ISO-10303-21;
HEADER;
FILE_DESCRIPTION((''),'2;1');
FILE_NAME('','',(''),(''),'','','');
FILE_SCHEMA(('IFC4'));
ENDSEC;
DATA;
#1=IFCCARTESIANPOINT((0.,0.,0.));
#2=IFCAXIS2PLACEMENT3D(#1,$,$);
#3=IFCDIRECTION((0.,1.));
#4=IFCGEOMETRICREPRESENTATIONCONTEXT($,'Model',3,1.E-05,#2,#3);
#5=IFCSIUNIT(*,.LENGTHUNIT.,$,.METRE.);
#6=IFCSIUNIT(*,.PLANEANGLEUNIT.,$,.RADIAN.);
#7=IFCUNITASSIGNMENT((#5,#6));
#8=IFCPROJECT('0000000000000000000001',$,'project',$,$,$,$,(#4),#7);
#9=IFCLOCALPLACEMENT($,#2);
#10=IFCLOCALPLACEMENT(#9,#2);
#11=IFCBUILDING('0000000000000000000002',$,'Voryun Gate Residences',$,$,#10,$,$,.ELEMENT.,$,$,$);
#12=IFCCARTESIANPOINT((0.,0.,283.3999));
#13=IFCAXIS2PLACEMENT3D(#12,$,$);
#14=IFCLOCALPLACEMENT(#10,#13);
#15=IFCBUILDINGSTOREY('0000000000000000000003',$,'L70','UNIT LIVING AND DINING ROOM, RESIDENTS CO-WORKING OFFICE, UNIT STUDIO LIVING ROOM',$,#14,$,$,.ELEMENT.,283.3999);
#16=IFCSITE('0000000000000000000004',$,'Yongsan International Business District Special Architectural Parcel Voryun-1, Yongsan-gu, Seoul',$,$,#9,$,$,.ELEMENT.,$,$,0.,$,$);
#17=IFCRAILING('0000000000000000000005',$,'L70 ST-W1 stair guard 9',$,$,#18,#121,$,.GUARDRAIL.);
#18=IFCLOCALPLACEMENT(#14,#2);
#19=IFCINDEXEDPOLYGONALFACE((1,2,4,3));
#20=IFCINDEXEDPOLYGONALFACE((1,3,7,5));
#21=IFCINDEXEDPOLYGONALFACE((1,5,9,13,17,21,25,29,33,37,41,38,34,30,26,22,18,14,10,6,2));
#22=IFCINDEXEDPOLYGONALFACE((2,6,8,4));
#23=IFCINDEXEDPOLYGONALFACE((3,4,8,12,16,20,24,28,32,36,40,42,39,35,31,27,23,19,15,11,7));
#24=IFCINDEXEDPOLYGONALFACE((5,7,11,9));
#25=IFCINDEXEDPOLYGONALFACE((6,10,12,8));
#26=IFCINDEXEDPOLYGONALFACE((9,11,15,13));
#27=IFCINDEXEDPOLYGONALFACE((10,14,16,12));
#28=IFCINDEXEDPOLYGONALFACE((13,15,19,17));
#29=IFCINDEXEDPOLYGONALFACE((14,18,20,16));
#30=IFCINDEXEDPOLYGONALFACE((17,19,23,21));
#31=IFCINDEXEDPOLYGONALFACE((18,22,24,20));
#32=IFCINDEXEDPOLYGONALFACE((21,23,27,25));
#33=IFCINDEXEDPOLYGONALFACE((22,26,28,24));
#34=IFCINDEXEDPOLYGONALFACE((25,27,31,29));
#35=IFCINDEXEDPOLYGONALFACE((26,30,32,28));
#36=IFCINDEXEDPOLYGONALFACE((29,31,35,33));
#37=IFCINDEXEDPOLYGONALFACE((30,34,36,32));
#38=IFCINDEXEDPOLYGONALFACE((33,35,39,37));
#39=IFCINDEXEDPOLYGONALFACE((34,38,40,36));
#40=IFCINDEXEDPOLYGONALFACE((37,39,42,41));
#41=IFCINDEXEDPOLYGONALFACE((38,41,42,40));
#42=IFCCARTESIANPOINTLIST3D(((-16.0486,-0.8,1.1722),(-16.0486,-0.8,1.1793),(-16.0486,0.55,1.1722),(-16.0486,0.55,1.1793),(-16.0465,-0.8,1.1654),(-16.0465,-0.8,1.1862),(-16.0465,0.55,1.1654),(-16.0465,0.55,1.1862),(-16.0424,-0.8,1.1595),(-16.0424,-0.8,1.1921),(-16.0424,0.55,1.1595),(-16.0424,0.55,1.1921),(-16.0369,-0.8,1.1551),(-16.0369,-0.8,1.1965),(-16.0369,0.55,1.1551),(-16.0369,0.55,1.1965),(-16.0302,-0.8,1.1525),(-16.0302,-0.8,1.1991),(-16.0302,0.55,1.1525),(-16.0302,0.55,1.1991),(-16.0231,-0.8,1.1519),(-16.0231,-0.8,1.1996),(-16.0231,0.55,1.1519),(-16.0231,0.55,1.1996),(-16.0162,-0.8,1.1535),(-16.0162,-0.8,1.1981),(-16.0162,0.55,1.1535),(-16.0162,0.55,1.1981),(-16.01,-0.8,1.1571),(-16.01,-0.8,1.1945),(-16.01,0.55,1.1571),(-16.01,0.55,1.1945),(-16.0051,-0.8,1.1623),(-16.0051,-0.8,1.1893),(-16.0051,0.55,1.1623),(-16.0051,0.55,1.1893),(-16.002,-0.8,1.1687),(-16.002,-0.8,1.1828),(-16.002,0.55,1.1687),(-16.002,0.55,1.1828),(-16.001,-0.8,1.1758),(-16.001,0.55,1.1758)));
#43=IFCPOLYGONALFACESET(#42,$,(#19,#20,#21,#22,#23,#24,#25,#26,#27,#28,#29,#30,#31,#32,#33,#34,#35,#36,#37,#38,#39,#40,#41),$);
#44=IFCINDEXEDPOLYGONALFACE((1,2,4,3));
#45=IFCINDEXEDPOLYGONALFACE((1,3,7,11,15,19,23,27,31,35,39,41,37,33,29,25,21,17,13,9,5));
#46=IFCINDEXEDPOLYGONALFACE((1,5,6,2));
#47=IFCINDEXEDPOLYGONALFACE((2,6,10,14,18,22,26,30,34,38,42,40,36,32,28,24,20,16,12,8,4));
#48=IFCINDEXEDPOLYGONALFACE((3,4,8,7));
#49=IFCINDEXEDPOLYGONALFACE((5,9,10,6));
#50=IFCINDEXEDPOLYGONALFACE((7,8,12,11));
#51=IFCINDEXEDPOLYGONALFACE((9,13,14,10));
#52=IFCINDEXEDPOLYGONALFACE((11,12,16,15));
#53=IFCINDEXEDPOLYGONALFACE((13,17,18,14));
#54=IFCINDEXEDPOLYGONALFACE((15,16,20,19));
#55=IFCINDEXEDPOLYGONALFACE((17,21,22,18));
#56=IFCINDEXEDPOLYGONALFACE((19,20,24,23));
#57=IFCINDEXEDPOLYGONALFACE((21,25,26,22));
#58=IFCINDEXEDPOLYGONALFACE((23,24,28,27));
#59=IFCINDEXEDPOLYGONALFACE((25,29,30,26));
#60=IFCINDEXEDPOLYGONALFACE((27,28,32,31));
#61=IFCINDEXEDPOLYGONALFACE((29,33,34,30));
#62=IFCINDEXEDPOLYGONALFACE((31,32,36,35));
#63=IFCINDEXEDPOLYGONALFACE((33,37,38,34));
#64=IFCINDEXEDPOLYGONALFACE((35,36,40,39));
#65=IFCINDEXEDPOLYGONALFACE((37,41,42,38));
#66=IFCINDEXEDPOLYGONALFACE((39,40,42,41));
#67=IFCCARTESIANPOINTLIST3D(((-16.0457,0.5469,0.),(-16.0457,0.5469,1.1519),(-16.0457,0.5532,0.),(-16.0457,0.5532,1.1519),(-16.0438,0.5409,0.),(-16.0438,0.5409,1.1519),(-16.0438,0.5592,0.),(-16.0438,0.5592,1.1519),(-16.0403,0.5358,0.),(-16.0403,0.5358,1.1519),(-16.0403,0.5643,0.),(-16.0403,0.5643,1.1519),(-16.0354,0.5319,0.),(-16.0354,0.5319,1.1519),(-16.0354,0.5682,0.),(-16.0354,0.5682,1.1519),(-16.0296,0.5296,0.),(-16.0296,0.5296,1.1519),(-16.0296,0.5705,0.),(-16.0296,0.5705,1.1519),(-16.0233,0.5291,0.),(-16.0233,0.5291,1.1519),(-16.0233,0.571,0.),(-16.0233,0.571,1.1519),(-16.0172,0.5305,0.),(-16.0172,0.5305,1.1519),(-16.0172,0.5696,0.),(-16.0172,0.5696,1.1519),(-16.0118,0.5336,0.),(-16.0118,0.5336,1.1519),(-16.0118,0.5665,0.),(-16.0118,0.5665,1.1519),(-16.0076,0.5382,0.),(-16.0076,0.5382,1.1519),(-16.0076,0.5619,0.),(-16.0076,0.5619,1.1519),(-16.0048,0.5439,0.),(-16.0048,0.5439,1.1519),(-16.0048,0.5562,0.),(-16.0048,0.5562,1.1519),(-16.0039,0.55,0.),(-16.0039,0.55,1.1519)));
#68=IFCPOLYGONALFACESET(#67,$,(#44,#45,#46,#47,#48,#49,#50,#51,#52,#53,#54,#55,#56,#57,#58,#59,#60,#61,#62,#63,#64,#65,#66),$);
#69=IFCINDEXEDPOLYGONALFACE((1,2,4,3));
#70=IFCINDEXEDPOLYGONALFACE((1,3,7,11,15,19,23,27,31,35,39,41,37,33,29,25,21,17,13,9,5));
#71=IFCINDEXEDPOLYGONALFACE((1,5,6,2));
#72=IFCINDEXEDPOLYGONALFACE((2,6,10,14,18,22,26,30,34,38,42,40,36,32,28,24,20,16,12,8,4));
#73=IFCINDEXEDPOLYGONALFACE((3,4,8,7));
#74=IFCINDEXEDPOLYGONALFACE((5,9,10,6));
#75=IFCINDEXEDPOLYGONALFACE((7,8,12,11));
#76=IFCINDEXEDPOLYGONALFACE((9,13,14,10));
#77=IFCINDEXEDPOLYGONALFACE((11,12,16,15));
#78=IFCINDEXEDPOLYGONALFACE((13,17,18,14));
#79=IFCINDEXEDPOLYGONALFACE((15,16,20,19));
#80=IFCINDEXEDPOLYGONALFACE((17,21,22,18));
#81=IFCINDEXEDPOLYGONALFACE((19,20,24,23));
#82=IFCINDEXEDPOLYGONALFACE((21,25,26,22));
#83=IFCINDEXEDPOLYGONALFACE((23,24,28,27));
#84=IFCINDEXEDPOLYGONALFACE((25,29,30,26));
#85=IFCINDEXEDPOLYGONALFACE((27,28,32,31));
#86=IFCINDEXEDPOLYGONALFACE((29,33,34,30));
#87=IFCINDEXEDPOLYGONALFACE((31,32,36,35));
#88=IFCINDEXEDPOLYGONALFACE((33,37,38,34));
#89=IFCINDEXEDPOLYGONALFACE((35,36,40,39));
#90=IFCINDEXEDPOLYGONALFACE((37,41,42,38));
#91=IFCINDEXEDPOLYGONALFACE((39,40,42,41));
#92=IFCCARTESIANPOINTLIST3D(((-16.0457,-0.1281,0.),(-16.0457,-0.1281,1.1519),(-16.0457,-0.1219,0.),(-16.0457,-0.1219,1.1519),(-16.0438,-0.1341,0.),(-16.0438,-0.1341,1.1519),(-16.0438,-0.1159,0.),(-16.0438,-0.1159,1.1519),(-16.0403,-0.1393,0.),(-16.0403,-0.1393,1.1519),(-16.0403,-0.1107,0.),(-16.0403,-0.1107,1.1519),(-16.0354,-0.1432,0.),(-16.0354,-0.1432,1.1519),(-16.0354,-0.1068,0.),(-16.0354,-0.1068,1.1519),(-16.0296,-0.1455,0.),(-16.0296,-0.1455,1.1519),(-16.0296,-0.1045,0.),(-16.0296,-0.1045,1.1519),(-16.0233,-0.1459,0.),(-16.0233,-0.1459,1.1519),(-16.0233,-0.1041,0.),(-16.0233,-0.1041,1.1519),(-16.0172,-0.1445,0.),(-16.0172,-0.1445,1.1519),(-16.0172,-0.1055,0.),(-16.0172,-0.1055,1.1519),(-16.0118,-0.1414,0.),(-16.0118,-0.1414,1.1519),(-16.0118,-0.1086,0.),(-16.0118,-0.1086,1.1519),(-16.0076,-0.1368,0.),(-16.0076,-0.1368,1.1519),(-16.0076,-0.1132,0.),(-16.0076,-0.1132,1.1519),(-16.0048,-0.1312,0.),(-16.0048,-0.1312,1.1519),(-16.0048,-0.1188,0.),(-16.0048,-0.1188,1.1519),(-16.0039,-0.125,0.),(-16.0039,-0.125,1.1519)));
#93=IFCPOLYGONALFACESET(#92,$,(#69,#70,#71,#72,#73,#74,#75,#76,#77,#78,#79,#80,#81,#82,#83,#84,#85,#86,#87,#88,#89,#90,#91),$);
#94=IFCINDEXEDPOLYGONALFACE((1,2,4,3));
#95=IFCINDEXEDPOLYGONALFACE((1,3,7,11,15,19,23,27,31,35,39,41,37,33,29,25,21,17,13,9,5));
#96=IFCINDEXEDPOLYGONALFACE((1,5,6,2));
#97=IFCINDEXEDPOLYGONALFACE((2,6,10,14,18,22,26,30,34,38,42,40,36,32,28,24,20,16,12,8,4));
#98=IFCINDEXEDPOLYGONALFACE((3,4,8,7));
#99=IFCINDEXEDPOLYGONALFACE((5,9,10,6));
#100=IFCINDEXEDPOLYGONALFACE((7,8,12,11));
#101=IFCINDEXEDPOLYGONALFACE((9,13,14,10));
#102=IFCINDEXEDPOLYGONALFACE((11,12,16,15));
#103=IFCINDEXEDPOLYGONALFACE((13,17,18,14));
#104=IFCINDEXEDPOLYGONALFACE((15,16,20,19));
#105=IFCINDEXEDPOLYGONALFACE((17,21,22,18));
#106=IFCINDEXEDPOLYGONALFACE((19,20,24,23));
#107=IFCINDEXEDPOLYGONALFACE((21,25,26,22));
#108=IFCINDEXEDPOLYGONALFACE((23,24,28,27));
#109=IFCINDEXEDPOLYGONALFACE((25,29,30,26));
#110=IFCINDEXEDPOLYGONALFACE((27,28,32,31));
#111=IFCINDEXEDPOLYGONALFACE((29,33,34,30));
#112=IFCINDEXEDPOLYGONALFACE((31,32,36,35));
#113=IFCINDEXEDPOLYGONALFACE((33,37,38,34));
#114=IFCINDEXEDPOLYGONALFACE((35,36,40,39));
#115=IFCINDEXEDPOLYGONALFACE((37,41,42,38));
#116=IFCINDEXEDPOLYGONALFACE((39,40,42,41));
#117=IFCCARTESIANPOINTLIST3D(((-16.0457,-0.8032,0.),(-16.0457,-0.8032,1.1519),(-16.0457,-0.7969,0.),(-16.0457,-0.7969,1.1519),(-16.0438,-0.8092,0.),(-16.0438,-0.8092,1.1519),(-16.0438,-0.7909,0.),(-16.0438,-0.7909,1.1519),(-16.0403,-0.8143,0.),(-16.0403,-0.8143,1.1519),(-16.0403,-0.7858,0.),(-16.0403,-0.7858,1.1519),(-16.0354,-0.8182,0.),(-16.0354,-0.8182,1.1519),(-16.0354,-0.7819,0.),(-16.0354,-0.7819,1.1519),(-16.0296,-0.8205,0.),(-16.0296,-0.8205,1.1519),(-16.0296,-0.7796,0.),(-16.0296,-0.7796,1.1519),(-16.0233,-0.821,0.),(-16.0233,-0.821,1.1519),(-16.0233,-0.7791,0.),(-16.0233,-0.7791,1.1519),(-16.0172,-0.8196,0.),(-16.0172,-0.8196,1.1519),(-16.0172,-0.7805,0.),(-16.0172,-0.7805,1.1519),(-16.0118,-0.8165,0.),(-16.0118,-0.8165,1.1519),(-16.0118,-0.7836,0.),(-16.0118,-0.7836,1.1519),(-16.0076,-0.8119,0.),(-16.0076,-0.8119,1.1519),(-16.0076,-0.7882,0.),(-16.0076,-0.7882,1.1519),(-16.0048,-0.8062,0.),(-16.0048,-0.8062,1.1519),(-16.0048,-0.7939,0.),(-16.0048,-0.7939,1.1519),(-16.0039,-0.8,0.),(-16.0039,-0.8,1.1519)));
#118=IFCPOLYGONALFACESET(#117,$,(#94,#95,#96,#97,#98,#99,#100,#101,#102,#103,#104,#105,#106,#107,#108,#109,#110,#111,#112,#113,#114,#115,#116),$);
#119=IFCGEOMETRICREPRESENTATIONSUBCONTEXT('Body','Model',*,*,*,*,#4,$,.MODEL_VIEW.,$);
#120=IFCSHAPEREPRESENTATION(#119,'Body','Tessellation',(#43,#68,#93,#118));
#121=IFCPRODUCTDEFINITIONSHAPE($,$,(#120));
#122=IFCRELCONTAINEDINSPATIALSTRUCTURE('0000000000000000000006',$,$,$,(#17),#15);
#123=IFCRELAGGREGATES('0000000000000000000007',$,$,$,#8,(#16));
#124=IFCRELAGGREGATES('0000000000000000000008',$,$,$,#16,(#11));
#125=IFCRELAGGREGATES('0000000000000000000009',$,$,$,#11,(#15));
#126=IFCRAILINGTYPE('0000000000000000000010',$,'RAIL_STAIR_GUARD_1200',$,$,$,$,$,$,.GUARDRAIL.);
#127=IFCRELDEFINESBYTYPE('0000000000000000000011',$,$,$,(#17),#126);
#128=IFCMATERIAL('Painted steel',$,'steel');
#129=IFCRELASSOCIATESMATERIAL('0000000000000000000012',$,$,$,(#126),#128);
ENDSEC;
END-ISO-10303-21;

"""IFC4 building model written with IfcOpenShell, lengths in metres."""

from ifc_helpers import new_model, si_unit, direction, frame, origin, origin_2d, place, context, subcontext, project, spatial, circle, extrude, material, type_object, element, save


model = new_model("IFC4")

# Units and contexts
model_context = context("Model", 3, precision=1e-05, world=origin(), true_north=direction((0.0, 1.0)))
body_context = subcontext(model_context, "Body", "Model", "MODEL_VIEW")
ifc_project = project(units=[si_unit("LENGTHUNIT", "METRE"), si_unit("PLANEANGLEUNIT", "RADIAN")], contexts=[model_context])

# Site, building, storey
site_placement = place(None, origin())
site = spatial("IfcSite", under=ifc_project, at=site_placement, Name="Yongsan International Business District Special Architectural Parcel Voryun-1, Yongsan-gu, Seoul", CompositionType="ELEMENT", RefElevation=0.0)
building_placement = place(site_placement, origin())
building = spatial("IfcBuilding", under=site, at=building_placement, Name="Voryun Gate Residences", CompositionType="ELEMENT")
storey_placement = place(building_placement, frame((0.0, 0.0, 283.3999)))
storey = spatial("IfcBuildingStorey", under=building, at=storey_placement, Name="L70", Description="UNIT LIVING AND DINING ROOM, RESIDENTS CO-WORKING OFFICE, UNIT STUDIO LIVING ROOM", CompositionType="ELEMENT", Elevation=283.3999)

# Railing
ifc_material_1 = material(Name="Painted steel", Category="steel")
railing_type = type_object("IfcRailingType", Name="RAIL_STAIR_GUARD_1200", PredefinedType="GUARDRAIL", material=ifc_material_1)
for number, where, name in (
    (1, (-16.0249, 0.55, 0.0), "L70 ST-W1 stair guard 9"),
):
    element("IfcRailing", number, at=place(storey_placement, frame(where)), inside=storey, type_object=railing_type, Name=name, PredefinedType="GUARDRAIL", context=body_context, shape_type="SweptSolid", body=[
        extrude(circle(Radius=0.0239, at=origin_2d()), frame((0.0, 0.0, 1.1758), z_axis=(0.0, -1.0, 0.0), x_axis=(1.0, 0.0, 0.0)), (0.0, 0.0, 1.0), 1.3501),
        extrude(circle(Radius=0.021, at=origin_2d()), origin(), (0.0, 0.0, 1.0), 1.1519),
        extrude(circle(Radius=0.021, at=origin_2d()), frame((0.0, -0.675, 0.0)), (0.0, 0.0, 1.0), 1.1519),
        extrude(circle(Radius=0.021, at=origin_2d()), frame((0.0, -1.3501, 0.0)), (0.0, 0.0, 1.0), 1.1519),
    ])

save(model, "model.ifc")
